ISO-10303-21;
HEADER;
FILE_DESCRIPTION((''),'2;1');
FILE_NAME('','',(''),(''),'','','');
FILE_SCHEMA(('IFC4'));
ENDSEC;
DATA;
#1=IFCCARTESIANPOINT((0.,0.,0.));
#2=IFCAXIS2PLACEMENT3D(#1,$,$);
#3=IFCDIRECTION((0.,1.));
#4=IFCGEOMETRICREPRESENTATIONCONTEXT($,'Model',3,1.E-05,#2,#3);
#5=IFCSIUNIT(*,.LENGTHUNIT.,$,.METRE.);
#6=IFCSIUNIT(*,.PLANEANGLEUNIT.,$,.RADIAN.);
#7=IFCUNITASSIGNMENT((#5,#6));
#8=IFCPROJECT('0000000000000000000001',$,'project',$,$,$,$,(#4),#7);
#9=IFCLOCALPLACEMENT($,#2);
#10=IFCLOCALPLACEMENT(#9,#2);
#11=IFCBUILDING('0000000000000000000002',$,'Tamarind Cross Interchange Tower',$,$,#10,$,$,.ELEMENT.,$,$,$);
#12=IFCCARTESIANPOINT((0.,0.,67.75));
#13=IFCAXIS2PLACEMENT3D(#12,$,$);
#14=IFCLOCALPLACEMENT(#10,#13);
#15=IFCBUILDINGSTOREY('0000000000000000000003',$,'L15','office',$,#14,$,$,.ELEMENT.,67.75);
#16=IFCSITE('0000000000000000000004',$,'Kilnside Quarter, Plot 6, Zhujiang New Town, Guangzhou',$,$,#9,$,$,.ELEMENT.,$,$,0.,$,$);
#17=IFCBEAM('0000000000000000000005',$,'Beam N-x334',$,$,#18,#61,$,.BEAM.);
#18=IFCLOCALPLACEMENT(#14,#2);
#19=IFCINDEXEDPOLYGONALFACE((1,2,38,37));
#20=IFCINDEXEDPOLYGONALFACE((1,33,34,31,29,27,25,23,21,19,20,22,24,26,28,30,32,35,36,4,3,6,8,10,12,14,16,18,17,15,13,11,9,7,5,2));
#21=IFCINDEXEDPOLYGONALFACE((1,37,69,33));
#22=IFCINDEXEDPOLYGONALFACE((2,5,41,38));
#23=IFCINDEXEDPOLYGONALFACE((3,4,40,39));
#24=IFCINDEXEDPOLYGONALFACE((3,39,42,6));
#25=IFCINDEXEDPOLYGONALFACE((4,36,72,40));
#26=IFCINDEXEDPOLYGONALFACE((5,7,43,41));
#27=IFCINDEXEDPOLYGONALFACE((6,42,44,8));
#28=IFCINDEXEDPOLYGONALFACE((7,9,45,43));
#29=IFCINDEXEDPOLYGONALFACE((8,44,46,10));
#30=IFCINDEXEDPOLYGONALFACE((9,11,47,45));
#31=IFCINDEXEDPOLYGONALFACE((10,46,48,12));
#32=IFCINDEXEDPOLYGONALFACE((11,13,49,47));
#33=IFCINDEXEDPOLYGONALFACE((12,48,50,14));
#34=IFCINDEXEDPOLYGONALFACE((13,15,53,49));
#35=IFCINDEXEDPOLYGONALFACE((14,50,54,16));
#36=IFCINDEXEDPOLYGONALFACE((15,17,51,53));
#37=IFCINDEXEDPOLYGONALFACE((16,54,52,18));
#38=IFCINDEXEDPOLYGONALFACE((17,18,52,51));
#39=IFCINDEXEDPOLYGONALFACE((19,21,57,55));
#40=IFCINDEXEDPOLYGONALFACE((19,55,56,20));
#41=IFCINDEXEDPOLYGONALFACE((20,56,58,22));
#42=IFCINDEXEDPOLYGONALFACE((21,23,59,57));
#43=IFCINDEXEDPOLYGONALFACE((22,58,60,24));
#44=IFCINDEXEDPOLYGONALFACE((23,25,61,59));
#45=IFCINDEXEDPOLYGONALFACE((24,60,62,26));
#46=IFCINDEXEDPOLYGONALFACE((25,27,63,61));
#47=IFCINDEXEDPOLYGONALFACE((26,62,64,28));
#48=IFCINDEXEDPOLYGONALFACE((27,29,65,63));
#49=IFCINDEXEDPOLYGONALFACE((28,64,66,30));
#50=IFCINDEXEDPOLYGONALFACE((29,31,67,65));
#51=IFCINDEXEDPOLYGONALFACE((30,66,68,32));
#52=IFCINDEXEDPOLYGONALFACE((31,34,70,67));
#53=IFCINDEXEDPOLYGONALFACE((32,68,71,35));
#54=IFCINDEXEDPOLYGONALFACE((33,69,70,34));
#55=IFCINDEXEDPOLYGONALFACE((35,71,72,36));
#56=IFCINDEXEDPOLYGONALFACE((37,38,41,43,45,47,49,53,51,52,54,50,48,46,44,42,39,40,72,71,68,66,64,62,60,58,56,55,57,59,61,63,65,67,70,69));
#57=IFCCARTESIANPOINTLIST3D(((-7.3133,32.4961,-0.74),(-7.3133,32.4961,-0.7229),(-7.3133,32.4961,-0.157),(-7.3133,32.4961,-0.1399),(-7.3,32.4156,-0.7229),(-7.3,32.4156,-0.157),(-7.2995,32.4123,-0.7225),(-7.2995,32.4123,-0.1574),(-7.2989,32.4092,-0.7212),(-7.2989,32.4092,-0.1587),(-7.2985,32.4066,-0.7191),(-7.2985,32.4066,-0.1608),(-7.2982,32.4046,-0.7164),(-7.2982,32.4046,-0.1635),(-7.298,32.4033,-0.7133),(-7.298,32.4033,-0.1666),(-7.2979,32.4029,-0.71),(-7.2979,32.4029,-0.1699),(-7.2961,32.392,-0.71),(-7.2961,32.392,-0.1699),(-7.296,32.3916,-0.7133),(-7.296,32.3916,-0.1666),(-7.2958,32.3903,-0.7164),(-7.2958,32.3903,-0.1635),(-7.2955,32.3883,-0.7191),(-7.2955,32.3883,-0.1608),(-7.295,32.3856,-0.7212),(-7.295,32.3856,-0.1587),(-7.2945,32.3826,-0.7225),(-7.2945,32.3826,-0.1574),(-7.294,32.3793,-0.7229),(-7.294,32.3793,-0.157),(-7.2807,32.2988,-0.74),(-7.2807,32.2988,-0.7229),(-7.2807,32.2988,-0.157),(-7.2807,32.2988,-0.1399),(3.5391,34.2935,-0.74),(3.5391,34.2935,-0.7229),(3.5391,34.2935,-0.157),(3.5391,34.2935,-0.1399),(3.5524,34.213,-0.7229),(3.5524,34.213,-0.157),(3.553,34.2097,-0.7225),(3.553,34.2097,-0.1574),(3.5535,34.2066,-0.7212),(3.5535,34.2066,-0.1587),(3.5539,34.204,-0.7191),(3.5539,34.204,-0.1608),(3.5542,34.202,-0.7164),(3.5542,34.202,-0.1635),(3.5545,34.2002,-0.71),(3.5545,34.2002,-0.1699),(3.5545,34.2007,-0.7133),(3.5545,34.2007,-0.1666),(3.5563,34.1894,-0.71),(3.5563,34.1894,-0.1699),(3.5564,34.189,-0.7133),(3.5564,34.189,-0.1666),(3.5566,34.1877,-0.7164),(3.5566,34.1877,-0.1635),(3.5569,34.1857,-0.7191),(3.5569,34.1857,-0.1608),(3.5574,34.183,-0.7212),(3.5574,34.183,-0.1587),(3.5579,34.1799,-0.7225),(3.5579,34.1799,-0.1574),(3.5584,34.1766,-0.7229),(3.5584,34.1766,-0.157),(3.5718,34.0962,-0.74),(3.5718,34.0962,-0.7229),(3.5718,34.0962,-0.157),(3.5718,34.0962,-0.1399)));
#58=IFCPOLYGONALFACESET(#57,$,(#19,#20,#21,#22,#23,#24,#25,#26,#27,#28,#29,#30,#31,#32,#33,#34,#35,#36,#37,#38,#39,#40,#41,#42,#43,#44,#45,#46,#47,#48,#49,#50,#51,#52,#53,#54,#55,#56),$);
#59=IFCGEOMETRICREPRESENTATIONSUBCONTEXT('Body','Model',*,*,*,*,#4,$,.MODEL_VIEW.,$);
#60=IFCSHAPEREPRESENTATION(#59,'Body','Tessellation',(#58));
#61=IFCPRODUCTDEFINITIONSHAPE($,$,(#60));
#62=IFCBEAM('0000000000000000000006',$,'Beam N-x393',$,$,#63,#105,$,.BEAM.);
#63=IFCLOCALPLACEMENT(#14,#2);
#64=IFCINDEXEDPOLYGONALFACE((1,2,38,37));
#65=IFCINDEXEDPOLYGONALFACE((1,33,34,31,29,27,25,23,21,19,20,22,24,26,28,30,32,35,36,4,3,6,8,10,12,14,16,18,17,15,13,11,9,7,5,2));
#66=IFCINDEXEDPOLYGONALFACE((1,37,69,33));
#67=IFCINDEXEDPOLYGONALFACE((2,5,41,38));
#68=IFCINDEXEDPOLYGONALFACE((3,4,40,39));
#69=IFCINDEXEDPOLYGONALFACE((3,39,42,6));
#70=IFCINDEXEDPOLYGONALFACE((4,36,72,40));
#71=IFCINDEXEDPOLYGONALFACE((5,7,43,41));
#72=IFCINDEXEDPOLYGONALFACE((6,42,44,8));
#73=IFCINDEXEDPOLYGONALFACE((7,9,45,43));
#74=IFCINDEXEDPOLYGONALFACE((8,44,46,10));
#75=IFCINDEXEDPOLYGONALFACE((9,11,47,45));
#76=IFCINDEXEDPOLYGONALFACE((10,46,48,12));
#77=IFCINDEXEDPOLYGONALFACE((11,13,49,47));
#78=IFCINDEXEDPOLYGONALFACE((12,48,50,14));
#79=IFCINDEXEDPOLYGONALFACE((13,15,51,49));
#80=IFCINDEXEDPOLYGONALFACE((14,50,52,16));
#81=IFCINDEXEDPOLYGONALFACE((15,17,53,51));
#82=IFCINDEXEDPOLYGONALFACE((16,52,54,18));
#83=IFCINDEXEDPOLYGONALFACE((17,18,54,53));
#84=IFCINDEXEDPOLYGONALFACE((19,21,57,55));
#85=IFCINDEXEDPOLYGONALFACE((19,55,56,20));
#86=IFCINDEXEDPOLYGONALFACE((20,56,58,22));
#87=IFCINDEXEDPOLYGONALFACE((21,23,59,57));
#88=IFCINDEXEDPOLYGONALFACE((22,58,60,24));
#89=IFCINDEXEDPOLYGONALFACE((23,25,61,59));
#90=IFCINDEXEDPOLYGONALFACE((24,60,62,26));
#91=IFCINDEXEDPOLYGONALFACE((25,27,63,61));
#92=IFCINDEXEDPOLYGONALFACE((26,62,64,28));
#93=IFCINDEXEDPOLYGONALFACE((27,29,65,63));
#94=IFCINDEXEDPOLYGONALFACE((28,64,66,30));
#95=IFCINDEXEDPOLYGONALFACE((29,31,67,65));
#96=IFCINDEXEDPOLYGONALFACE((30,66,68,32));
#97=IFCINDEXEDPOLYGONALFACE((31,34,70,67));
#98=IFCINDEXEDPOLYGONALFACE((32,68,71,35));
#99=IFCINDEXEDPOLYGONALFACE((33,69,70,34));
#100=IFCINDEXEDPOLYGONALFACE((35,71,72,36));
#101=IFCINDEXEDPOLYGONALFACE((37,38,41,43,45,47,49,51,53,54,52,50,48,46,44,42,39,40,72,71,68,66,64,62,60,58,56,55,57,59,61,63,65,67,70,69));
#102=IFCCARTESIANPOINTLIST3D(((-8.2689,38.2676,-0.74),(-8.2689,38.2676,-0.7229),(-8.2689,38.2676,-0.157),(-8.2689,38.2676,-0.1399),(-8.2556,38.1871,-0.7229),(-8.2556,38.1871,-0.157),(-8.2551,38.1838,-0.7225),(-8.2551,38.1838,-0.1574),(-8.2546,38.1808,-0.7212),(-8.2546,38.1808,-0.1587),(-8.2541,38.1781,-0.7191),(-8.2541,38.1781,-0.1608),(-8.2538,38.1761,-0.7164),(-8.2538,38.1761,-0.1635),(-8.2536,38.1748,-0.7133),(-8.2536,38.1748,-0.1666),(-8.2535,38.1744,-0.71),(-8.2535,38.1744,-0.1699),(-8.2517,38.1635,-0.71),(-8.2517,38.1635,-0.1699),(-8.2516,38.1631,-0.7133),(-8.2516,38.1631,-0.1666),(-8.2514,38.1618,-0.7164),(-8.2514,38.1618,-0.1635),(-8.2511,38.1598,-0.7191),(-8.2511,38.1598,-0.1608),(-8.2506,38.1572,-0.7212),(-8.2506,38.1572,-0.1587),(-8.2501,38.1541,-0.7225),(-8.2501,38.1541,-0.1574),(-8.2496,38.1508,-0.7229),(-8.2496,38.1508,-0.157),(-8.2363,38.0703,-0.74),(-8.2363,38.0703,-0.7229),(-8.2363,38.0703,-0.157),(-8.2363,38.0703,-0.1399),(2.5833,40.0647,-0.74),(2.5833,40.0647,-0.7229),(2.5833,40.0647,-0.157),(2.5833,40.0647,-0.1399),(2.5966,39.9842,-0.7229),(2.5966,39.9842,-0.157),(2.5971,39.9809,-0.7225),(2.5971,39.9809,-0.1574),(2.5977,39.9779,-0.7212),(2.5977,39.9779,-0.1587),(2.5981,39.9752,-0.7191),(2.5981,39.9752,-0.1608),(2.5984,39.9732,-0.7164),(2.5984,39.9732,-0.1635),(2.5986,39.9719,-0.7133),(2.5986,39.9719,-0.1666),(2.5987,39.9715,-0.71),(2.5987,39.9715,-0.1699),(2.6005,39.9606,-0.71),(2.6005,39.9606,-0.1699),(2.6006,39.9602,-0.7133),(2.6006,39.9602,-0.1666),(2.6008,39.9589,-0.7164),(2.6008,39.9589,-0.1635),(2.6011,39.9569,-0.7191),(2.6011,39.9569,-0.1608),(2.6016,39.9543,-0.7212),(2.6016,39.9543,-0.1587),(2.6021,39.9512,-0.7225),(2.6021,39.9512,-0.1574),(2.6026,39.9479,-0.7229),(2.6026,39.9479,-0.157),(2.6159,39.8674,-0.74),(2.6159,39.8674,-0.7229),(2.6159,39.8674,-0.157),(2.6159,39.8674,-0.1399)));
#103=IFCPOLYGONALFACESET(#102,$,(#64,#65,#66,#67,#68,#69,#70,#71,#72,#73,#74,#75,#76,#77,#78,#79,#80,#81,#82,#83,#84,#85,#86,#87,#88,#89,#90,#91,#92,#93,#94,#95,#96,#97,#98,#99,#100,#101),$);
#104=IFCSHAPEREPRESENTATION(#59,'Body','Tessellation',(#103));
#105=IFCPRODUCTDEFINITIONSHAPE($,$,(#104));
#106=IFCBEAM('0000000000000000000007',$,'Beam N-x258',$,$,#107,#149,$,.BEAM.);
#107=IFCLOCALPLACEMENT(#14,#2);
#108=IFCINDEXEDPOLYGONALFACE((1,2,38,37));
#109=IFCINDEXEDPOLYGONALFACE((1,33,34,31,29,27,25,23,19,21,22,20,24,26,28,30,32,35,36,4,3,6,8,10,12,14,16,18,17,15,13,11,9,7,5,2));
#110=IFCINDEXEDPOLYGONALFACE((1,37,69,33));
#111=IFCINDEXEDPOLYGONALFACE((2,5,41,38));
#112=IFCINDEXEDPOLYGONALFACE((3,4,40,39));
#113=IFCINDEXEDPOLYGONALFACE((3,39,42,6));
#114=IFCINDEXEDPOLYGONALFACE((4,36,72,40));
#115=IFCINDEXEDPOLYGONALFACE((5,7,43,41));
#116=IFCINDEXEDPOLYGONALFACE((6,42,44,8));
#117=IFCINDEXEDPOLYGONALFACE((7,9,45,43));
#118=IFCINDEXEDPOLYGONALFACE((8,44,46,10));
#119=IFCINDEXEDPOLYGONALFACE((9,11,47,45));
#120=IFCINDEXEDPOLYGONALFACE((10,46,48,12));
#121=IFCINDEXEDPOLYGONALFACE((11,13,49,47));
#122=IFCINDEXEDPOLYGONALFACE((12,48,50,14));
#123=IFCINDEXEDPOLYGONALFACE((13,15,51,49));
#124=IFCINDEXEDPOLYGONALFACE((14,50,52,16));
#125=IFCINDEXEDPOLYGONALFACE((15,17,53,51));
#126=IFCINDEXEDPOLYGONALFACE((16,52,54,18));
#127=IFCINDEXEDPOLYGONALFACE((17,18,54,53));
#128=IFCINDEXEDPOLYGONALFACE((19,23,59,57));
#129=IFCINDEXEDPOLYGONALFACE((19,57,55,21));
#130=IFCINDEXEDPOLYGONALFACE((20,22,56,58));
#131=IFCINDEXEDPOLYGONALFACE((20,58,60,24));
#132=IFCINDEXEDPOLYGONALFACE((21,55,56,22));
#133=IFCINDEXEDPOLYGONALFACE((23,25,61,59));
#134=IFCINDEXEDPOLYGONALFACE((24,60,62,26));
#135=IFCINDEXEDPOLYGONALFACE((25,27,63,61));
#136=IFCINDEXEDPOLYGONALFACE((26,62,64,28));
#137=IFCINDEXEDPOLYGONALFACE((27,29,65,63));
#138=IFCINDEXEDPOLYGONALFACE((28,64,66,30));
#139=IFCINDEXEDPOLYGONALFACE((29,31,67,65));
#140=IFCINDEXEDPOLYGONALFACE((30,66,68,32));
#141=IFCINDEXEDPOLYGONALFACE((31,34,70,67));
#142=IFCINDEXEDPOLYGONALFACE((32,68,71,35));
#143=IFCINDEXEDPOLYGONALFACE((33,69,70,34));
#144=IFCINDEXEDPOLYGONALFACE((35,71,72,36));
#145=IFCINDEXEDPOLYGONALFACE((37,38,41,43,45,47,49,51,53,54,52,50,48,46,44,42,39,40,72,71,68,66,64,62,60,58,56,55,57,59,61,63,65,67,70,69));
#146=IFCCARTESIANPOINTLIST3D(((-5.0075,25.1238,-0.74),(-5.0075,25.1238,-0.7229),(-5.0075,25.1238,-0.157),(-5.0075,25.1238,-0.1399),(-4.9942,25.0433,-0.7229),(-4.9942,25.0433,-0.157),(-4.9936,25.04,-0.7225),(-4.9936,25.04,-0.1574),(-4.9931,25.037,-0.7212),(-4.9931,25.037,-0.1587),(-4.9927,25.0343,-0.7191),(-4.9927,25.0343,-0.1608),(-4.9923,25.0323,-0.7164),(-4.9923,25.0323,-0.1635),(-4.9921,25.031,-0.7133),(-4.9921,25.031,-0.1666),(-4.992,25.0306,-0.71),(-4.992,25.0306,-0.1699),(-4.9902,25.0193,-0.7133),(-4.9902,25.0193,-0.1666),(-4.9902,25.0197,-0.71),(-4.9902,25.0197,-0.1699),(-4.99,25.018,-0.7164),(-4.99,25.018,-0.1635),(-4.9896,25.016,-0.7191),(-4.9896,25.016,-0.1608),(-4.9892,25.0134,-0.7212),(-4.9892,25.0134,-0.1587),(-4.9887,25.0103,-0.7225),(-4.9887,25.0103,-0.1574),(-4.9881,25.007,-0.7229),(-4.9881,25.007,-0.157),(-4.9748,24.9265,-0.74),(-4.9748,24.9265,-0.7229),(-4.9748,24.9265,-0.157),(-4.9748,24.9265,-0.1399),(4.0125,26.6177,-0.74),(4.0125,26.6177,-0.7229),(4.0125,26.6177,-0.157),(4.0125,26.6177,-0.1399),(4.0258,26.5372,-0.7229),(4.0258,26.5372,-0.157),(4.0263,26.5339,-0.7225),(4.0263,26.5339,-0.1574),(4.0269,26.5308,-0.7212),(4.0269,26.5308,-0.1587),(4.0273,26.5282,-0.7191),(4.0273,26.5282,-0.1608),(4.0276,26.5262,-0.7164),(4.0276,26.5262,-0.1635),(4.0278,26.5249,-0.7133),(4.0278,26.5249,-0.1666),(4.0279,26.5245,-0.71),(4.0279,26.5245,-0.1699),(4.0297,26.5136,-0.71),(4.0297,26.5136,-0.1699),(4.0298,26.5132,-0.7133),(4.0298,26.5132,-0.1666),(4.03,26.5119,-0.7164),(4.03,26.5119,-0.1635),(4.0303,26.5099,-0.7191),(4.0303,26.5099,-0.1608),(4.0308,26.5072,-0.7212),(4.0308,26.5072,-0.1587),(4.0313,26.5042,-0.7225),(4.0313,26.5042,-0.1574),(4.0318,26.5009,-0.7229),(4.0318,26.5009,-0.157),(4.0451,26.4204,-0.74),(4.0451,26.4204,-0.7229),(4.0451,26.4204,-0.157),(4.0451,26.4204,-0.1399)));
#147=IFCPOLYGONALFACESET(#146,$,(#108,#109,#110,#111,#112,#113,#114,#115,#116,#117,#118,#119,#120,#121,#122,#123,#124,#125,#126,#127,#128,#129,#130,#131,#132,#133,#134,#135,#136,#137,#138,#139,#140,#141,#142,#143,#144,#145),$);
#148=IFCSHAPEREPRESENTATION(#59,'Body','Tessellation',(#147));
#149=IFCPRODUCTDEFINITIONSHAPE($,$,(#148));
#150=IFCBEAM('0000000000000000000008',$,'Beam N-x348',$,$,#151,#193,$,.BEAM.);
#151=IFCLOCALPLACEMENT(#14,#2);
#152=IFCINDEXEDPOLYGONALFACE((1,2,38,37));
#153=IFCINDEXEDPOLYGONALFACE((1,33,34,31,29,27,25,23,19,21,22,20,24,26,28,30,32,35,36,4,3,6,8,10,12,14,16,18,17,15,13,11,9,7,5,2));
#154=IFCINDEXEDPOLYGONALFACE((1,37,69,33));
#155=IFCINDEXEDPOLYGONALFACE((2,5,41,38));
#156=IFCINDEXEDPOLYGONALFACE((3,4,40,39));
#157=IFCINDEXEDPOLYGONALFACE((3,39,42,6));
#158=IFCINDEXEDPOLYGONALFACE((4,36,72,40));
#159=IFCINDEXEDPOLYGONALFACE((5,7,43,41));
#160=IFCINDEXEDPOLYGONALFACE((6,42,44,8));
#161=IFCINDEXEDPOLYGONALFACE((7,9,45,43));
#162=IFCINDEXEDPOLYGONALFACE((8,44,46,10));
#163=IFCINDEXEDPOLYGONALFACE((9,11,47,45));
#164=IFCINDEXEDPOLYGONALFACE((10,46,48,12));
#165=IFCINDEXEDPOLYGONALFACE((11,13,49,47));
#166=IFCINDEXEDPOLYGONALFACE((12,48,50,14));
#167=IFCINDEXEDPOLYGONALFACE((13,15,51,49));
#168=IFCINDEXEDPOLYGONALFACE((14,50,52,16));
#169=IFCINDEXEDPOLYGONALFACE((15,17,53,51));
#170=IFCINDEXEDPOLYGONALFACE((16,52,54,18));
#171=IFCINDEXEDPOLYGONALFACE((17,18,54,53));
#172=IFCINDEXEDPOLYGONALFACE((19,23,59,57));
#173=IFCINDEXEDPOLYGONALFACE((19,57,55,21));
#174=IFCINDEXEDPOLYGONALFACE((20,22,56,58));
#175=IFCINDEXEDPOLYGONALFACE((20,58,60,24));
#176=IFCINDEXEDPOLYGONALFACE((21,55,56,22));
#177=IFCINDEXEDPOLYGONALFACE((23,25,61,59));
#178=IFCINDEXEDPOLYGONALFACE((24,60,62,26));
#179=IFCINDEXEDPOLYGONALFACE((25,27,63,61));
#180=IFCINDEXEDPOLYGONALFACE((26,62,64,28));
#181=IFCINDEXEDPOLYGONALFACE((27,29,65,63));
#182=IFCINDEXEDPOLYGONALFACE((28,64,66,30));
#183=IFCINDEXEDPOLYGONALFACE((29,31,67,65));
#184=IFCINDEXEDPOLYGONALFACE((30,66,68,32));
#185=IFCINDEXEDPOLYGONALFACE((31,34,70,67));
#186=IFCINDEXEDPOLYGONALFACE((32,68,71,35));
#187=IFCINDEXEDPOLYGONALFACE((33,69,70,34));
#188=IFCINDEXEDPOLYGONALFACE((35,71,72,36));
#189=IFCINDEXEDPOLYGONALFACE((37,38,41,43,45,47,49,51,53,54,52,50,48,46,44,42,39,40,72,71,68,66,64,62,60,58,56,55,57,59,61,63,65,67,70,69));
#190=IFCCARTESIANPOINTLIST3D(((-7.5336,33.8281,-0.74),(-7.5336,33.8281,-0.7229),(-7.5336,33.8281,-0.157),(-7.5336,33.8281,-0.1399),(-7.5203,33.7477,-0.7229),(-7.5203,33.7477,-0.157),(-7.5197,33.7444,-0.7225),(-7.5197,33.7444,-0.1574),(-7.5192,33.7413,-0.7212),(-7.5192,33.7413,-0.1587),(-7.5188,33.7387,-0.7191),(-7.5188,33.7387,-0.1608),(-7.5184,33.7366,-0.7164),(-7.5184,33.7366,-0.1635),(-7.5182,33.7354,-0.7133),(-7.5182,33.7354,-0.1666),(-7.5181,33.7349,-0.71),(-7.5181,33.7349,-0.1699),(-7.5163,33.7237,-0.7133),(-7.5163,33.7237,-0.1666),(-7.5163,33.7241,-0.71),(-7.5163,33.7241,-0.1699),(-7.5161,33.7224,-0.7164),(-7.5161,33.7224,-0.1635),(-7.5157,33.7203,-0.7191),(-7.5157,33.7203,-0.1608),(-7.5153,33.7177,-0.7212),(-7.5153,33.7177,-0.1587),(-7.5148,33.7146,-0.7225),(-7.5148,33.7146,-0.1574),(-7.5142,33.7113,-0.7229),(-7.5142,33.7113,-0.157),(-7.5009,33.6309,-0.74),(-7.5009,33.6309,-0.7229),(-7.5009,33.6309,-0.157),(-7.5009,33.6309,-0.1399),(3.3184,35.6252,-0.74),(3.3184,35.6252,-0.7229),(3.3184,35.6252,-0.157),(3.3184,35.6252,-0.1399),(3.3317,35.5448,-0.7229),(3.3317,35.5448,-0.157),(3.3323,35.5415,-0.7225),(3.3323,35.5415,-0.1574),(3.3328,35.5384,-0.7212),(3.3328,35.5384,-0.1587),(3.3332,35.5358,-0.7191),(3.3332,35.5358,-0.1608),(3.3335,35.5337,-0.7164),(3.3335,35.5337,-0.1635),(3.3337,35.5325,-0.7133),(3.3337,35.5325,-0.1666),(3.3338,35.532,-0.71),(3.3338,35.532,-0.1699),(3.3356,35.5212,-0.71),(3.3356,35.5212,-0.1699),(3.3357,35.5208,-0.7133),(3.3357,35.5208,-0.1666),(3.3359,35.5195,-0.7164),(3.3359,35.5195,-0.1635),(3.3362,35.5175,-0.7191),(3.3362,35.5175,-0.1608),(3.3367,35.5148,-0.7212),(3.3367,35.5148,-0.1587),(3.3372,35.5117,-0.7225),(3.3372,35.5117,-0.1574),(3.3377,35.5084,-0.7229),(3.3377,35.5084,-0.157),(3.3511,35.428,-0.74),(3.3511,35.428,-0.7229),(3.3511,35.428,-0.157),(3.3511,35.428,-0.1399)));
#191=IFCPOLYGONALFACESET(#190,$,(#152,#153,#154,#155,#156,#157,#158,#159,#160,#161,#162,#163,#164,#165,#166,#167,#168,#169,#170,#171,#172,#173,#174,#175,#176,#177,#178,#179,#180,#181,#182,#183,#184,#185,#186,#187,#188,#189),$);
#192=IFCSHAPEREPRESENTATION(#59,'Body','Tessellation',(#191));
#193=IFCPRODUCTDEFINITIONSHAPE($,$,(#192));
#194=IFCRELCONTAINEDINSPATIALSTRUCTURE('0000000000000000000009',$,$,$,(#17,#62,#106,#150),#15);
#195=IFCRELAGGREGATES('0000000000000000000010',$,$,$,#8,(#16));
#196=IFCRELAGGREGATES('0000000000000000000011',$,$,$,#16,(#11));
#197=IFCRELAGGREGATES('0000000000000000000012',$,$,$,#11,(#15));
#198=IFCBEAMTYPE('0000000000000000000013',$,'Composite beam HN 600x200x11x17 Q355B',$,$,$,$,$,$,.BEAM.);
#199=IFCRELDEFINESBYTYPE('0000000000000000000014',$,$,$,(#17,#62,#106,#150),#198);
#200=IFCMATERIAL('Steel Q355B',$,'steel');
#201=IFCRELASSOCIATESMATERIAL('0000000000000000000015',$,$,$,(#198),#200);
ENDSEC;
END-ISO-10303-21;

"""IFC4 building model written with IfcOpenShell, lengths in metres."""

from ifc_helpers import new_model, si_unit, direction, frame, origin, origin_2d, place, context, subcontext, project, spatial, i_section, extrude, material, material_profile, profile_set, type_object, element, save


model = new_model("IFC4")

# Units and contexts
model_context = context("Model", 3, precision=1e-05, world=origin(), true_north=direction((0.0, 1.0)))
body_context = subcontext(model_context, "Body", "Model", "MODEL_VIEW")
ifc_project = project(units=[si_unit("LENGTHUNIT", "METRE"), si_unit("PLANEANGLEUNIT", "RADIAN")], contexts=[model_context])

# Site, building, storey
site_placement = place(None, origin())
site = spatial("IfcSite", under=ifc_project, at=site_placement, Name="Kilnside Quarter, Plot 6, Zhujiang New Town, Guangzhou", CompositionType="ELEMENT", RefElevation=0.0)
building_placement = place(site_placement, origin())
building = spatial("IfcBuilding", under=site, at=building_placement, Name="Tamarind Cross Interchange Tower", CompositionType="ELEMENT")
storey_placement = place(building_placement, frame((0.0, 0.0, 67.75)))
storey = spatial("IfcBuildingStorey", under=building, at=storey_placement, Name="L15", Description="office", CompositionType="ELEMENT", Elevation=67.75)

# Beams
ifc_material_1 = material(Name="Steel Q355B", Category="steel")
ifc_material_profile_1 = material_profile(ifc_material_1, i_section(OverallWidth=0.2, OverallDepth=0.6001, WebThickness=0.011, FlangeThickness=0.0171, FilletRadius=0.0129, at=origin_2d()), Name="HN 600x200x11x17")
ifc_profile_set_1 = profile_set([ifc_material_profile_1], Name="Steel Q355B")
beam_type_1 = type_object("IfcBeamType", Name="Composite beam HN 600x200x11x17 Q355B", PredefinedType="BEAM", material=ifc_profile_set_1)
beam_1_placement = place(storey_placement, frame((3.5554, 34.1948, -0.4399), z_axis=(-0.986561, -0.163395, 0.0), x_axis=(0.163395, -0.986561, 0.0)))
element("IfcBeam", 1, at=beam_1_placement, inside=storey, type_object=beam_type_1, Name="Beam N-x334", PredefinedType="BEAM", context=body_context, shape_type="SweptSolid", body=[
    extrude(i_section(OverallWidth=0.2, OverallDepth=0.6001, WebThickness=0.011, FlangeThickness=0.0171, FilletRadius=0.0129, at=origin_2d()), origin(), (0.0, 0.0, 1.0), 11.0002),
])
beam_2_placement = place(storey_placement, frame((2.5996, 39.9661, -0.4399), z_axis=(-0.986564, -0.163373, 0.0), x_axis=(0.163373, -0.986564, 0.0)))
element("IfcBeam", 2, at=beam_2_placement, inside=storey, type_object=beam_type_1, Name="Beam N-x393", PredefinedType="BEAM", context=body_context, shape_type="SweptSolid", body=[
    extrude(i_section(OverallWidth=0.2, OverallDepth=0.6001, WebThickness=0.011, FlangeThickness=0.0171, FilletRadius=0.0129, at=origin_2d()), origin(), (0.0, 0.0, 1.0), 11.0),
])
beam_3_placement = place(storey_placement, frame((4.0288, 26.519, -0.4399), z_axis=(-0.986561, -0.163394, 0.0), x_axis=(0.163394, -0.986561, 0.0)))
element("IfcBeam", 3, at=beam_3_placement, inside=storey, type_object=beam_type_1, Name="Beam N-x258", PredefinedType="BEAM", context=body_context, shape_type="SweptSolid", body=[
    extrude(i_section(OverallWidth=0.2, OverallDepth=0.6001, WebThickness=0.011, FlangeThickness=0.0171, FilletRadius=0.0129, at=origin_2d()), origin(), (0.0, 0.0, 1.0), 9.1428),
])
beam_4_placement = place(storey_placement, frame((3.3347, 35.5266, -0.4399), z_axis=(-0.986564, -0.163377, 0.0), x_axis=(0.163377, -0.986564, 0.0)))
element("IfcBeam", 4, at=beam_4_placement, inside=storey, type_object=beam_type_1, Name="Beam N-x348", PredefinedType="BEAM", context=body_context, shape_type="SweptSolid", body=[
    extrude(i_section(OverallWidth=0.2, OverallDepth=0.6001, WebThickness=0.011, FlangeThickness=0.0171, FilletRadius=0.0129, at=origin_2d()), origin(), (0.0, 0.0, 1.0), 10.9998),
])

save(model, "model.ifc")
